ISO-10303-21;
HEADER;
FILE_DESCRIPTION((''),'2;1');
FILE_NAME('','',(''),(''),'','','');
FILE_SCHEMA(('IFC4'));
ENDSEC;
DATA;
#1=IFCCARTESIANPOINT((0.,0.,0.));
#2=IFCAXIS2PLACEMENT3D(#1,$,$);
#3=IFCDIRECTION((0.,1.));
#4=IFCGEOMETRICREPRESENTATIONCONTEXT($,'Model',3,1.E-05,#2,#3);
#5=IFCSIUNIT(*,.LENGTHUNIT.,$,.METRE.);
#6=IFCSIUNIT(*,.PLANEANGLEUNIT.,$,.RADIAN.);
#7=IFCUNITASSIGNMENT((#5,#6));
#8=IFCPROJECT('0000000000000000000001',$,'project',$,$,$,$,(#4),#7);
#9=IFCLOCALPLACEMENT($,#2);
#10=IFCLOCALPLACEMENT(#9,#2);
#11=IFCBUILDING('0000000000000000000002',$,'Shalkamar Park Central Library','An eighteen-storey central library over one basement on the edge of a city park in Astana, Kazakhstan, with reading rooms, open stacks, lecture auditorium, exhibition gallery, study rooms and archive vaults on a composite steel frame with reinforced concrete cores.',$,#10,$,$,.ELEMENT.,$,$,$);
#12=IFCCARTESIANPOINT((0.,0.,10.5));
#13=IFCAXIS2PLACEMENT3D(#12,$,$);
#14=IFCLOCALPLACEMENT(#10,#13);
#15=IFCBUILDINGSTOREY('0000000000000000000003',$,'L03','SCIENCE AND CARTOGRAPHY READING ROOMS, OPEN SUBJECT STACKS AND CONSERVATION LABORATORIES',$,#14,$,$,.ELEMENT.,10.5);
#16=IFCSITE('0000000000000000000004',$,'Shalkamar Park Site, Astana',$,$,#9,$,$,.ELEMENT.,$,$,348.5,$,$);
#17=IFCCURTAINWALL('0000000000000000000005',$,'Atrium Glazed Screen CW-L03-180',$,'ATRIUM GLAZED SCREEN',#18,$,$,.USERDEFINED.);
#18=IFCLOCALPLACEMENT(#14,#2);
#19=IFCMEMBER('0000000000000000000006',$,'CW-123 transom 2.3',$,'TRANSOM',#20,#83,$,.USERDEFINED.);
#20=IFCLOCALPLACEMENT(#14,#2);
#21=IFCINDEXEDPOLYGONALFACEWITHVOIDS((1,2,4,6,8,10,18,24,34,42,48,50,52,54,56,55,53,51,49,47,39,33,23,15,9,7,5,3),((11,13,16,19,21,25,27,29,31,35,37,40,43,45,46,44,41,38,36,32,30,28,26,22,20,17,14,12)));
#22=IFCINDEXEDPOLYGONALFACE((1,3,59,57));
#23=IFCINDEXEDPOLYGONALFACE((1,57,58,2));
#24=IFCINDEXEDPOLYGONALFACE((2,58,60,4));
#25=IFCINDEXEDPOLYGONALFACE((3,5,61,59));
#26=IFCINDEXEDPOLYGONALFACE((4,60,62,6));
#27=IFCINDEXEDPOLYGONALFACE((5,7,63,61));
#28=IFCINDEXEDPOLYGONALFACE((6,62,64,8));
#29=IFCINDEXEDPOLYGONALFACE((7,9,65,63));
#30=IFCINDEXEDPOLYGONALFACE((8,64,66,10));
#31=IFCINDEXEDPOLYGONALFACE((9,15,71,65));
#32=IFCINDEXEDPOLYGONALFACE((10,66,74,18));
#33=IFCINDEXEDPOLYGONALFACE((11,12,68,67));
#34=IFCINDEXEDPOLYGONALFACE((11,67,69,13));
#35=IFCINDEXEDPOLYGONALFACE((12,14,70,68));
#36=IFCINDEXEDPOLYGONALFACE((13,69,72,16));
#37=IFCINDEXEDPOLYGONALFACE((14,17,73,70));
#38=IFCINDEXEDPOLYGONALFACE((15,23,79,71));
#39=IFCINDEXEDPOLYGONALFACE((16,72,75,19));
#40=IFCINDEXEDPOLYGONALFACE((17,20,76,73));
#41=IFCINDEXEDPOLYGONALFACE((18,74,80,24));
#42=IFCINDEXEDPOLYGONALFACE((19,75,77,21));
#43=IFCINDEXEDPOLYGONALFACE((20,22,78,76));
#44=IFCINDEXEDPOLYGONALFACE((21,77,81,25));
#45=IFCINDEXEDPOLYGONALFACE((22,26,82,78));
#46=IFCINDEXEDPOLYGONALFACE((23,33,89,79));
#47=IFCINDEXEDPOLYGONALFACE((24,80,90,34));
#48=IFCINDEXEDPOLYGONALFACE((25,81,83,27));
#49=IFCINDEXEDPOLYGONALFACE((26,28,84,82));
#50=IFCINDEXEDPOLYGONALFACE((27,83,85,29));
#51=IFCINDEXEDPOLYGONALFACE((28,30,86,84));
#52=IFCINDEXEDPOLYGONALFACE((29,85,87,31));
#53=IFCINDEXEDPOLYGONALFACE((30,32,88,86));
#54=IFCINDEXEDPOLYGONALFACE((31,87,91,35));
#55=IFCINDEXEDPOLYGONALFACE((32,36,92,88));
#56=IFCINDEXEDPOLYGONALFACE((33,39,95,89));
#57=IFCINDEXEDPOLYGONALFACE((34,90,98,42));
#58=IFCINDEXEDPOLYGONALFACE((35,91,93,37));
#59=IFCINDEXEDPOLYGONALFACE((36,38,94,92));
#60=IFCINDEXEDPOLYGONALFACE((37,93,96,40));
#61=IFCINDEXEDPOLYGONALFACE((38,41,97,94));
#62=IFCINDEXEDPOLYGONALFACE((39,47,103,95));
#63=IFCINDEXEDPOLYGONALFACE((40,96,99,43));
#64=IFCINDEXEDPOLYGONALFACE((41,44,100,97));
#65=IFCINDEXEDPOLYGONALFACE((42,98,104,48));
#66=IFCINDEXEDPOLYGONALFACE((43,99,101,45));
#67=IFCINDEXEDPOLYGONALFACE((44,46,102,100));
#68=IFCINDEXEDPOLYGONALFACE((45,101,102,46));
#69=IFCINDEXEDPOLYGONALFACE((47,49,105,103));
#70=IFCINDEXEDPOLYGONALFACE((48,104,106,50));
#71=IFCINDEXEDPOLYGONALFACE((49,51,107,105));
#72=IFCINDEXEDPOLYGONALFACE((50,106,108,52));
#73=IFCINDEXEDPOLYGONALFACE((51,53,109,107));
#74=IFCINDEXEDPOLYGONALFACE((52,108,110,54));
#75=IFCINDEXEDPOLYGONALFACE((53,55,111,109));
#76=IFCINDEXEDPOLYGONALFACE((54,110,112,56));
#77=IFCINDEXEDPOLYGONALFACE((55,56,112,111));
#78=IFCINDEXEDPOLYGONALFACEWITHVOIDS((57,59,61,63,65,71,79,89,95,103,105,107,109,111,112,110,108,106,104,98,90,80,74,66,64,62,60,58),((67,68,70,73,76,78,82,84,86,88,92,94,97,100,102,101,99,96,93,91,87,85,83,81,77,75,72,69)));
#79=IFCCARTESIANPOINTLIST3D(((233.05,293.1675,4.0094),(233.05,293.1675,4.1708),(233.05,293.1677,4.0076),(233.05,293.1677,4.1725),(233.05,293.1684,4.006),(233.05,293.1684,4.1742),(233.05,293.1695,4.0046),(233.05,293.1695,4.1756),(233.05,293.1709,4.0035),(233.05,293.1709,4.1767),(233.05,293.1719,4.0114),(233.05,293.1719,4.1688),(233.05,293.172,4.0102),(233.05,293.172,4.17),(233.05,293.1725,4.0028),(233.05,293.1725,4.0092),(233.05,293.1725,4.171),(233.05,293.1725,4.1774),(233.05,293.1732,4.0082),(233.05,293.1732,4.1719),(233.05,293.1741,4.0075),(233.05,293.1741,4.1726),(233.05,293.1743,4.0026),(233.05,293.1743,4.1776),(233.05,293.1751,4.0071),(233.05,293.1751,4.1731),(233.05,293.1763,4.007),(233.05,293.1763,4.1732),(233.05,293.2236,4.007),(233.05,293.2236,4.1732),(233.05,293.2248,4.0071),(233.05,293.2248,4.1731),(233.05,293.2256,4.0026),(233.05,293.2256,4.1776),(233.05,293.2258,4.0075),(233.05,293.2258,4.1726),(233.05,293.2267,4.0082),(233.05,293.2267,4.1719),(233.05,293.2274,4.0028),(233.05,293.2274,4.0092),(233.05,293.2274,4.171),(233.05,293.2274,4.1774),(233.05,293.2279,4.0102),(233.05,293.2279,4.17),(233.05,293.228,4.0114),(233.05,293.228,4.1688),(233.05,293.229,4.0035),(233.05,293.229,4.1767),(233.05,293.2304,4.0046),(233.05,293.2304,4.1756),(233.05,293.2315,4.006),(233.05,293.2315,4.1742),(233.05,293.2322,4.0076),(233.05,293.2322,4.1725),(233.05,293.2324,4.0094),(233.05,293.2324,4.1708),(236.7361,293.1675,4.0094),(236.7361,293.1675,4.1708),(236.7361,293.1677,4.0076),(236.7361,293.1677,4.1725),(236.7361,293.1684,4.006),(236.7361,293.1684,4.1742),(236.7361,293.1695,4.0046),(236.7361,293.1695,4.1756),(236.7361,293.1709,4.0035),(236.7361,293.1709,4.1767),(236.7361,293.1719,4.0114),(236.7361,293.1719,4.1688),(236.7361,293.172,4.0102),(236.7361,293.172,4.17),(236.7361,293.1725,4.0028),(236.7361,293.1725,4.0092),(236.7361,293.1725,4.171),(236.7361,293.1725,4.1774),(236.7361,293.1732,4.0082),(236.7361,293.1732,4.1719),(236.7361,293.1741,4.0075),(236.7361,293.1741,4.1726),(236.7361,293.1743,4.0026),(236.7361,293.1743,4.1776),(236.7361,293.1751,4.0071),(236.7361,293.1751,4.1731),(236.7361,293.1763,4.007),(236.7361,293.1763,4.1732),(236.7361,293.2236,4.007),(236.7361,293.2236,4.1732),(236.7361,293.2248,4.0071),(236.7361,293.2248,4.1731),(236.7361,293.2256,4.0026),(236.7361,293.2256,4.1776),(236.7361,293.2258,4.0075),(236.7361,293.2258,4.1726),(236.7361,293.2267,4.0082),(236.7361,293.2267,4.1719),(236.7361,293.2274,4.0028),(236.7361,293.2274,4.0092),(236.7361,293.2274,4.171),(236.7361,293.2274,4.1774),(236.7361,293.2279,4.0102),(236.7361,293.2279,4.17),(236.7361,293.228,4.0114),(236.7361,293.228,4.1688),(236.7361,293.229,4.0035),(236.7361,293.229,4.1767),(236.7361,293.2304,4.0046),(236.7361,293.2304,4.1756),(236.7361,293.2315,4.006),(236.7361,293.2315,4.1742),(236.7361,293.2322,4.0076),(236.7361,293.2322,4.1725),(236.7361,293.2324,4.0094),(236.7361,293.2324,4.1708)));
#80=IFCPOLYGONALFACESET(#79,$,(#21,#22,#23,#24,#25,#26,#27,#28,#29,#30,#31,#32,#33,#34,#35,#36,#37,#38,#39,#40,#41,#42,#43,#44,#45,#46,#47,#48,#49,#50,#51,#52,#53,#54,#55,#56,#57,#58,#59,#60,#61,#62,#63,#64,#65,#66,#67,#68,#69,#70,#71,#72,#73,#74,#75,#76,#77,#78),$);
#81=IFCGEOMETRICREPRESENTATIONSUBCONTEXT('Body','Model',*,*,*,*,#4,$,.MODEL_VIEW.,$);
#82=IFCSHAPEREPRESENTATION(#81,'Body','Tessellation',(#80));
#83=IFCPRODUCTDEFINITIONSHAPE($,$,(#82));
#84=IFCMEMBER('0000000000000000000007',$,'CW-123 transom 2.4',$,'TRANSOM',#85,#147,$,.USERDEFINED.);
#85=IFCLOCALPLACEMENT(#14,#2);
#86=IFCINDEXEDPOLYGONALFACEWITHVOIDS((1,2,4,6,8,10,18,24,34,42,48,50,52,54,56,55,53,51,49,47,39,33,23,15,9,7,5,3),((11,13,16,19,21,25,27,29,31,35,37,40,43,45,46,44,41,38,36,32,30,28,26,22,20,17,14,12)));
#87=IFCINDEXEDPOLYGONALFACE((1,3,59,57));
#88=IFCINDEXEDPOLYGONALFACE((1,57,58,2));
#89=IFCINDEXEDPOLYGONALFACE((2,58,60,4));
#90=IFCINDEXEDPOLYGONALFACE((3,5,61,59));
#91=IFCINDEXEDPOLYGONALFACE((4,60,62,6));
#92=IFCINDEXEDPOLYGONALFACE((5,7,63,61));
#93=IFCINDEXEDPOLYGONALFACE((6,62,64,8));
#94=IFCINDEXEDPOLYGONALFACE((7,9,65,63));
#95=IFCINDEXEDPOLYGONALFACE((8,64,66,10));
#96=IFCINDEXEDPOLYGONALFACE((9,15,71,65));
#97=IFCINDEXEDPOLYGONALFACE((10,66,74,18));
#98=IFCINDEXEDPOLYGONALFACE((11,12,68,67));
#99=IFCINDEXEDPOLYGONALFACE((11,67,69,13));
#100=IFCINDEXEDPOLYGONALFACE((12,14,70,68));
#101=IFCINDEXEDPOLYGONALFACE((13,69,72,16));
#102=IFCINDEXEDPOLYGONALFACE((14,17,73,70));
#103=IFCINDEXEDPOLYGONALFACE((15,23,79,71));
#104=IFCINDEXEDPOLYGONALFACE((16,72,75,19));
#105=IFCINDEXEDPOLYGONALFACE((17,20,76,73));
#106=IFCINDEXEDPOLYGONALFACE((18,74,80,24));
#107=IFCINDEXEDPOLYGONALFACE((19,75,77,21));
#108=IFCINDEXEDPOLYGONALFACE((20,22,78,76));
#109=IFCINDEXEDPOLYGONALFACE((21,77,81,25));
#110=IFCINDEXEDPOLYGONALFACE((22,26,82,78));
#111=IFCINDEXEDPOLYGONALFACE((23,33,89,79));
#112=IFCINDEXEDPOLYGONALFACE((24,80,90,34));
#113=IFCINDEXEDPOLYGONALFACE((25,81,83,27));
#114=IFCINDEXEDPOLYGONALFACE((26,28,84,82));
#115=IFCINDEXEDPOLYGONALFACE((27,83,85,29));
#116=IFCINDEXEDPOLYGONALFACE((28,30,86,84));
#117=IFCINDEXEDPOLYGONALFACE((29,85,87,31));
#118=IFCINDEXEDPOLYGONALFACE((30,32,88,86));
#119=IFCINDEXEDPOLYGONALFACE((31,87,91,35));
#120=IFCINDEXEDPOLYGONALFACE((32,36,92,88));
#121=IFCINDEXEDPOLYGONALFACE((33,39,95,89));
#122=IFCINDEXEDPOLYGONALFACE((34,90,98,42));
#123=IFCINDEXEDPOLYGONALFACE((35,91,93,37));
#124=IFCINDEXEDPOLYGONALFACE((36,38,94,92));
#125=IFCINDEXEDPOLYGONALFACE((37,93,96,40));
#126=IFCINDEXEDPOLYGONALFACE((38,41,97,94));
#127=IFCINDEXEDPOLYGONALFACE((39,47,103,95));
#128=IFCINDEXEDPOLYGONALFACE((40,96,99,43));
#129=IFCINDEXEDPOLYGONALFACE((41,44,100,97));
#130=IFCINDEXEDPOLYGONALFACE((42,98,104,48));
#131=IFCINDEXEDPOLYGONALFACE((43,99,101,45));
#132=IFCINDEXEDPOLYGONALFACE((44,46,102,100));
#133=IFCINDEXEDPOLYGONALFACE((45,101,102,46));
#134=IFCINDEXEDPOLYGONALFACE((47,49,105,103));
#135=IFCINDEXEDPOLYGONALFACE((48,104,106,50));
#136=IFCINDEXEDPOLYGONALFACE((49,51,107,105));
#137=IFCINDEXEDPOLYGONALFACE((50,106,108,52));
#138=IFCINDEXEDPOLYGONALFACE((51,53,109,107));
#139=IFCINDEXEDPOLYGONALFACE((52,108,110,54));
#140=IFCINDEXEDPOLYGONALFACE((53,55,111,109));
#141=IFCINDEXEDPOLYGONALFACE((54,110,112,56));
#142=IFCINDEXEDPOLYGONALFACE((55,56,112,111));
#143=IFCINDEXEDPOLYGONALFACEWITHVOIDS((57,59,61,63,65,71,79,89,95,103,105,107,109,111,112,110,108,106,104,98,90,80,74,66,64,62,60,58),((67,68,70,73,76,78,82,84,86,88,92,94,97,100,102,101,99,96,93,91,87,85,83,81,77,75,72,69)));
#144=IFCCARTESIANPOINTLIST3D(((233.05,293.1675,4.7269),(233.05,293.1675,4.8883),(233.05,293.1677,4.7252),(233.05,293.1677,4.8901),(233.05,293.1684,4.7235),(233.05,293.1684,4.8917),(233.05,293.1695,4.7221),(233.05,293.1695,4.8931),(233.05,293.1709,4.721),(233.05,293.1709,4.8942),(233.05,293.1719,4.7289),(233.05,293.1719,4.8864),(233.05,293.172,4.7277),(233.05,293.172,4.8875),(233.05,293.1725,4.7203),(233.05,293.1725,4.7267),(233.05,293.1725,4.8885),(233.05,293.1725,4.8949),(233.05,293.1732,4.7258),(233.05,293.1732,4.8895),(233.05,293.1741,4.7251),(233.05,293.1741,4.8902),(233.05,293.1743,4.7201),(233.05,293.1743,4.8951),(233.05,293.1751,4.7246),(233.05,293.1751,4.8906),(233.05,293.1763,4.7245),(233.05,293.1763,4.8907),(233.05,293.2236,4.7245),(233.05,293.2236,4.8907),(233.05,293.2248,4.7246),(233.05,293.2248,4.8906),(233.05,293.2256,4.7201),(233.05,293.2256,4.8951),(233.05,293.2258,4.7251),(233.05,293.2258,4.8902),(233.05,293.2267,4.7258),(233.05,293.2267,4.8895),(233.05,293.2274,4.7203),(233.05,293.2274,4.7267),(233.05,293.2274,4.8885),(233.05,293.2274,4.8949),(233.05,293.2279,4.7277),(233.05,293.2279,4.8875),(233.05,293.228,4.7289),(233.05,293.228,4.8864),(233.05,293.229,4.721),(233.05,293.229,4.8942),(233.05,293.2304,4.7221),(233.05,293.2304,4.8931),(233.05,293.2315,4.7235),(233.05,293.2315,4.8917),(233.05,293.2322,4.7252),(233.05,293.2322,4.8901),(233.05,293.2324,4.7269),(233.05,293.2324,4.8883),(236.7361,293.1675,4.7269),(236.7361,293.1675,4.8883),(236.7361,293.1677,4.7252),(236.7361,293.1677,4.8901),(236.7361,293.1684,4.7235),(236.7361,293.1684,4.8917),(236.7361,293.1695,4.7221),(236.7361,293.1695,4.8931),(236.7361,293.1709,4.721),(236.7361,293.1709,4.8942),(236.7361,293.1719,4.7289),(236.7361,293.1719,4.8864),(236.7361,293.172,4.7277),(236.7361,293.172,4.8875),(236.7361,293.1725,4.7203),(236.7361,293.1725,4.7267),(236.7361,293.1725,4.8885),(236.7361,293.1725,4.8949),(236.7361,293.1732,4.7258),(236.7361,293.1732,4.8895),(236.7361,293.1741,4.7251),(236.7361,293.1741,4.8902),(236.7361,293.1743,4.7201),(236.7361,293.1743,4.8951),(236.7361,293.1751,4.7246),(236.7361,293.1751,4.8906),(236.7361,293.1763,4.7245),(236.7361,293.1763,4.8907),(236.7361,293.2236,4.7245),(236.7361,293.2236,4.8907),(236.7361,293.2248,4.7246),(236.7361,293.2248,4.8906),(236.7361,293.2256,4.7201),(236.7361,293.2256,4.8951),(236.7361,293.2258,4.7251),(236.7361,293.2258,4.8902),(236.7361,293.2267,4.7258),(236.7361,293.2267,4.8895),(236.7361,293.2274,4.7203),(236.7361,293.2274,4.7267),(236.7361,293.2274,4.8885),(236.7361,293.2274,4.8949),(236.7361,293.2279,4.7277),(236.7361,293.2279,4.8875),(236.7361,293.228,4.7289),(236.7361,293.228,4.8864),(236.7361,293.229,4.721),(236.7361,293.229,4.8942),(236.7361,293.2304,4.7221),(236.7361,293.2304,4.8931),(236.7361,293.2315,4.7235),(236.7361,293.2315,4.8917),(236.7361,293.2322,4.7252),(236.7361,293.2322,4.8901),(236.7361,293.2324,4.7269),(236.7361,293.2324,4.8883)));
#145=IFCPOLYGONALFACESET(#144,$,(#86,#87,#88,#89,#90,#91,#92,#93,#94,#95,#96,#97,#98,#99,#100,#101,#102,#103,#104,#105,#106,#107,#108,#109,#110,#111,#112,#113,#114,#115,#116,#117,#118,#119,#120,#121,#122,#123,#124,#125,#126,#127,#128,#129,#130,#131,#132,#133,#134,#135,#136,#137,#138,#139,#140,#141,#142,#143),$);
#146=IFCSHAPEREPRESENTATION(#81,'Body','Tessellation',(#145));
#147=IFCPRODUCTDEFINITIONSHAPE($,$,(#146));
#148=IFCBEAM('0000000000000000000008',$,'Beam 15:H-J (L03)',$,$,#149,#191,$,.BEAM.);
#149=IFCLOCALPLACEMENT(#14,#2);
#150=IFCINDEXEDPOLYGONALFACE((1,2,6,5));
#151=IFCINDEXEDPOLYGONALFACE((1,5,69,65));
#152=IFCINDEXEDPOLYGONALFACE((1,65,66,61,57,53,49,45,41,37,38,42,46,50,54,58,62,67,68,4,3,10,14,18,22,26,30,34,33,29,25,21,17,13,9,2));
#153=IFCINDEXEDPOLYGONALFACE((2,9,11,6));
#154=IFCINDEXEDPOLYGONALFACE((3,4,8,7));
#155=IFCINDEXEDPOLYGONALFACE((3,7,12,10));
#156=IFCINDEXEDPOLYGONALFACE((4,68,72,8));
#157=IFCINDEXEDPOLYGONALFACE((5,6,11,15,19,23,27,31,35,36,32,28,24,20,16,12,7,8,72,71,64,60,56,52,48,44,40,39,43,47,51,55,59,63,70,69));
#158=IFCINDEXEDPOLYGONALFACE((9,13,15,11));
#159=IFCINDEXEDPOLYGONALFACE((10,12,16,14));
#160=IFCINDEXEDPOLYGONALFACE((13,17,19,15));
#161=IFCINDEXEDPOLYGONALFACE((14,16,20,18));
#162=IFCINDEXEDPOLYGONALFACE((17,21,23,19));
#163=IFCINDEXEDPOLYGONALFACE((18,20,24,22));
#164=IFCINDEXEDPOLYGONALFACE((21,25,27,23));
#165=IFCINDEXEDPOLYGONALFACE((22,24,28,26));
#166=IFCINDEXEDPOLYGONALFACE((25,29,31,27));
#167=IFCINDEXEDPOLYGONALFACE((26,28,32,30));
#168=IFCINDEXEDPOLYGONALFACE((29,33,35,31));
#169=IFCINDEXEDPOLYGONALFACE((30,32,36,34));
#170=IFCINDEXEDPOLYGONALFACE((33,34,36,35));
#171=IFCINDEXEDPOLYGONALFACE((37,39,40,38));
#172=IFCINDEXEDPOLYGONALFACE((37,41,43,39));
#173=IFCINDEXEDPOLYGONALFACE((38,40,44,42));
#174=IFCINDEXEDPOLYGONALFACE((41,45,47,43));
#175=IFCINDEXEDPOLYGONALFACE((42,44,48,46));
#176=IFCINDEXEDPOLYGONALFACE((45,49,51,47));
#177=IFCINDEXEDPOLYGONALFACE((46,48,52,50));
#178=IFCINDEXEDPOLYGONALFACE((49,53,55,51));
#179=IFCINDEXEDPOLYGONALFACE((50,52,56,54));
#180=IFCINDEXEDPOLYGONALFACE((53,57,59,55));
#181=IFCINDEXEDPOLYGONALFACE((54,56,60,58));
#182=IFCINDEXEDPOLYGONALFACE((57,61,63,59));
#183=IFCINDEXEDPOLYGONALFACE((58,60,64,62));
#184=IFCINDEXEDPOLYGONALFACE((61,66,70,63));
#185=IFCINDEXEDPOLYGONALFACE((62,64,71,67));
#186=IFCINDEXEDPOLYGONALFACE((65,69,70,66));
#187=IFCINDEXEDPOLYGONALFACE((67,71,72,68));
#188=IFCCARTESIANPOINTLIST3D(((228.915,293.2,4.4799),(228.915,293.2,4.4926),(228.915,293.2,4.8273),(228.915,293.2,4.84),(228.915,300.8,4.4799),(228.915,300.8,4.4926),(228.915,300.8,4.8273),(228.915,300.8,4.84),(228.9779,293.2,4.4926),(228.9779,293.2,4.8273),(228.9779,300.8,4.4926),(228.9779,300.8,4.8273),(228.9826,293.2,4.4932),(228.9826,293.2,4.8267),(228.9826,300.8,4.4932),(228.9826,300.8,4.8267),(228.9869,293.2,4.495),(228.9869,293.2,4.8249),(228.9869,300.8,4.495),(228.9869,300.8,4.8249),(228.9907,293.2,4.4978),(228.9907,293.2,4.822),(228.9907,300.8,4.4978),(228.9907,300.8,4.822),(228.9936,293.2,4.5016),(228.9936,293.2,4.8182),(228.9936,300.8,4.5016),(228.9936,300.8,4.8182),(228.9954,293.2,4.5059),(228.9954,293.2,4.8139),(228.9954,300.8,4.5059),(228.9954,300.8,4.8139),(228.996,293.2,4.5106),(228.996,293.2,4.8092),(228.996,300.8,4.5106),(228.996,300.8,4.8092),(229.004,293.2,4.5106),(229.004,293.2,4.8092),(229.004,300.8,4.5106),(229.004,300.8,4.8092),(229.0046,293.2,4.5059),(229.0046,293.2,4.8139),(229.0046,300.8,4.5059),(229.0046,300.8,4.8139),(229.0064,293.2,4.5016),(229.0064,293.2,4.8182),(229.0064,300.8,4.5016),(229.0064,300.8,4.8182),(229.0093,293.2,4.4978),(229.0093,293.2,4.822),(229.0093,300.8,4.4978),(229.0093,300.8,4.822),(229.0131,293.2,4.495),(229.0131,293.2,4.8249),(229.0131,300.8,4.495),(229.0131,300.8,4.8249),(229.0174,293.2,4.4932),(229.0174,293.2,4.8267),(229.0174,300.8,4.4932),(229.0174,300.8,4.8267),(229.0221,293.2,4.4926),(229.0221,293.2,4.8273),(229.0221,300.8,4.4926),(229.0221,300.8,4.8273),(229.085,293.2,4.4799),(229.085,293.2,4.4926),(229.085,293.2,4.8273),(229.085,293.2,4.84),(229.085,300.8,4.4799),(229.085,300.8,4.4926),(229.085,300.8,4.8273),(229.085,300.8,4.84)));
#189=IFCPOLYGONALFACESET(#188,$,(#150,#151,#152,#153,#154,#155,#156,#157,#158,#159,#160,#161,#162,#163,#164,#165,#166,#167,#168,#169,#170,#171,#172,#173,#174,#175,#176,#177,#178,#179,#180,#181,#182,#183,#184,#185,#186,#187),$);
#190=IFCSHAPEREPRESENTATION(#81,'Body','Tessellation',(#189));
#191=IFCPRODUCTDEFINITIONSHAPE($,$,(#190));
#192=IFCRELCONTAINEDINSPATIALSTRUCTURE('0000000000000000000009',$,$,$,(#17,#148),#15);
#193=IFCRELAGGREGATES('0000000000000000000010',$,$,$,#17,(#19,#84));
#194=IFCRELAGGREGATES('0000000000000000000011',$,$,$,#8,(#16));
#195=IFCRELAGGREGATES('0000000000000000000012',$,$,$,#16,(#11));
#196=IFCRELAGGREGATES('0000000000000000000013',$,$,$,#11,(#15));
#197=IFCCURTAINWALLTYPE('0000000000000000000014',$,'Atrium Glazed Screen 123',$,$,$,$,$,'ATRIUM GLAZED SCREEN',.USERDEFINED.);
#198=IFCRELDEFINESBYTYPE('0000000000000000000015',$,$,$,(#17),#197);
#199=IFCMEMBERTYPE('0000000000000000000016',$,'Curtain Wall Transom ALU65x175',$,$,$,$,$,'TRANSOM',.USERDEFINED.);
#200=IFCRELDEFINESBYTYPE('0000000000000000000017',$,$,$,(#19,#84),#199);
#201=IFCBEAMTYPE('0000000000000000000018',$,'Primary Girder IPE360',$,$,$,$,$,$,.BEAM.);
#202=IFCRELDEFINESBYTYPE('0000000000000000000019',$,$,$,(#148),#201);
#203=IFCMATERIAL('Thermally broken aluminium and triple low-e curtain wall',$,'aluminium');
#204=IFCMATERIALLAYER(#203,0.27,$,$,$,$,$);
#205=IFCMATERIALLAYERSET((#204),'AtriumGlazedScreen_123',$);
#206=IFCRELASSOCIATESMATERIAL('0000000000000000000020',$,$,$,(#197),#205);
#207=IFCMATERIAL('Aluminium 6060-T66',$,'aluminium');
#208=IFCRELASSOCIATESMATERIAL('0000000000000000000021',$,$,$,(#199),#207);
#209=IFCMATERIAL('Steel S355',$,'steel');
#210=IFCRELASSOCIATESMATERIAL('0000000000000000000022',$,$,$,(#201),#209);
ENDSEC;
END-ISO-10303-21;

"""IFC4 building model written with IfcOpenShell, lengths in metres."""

from ifc_helpers import new_model, si_unit, direction, frame, origin, origin_2d, place, context, subcontext, project, spatial, hollow_rectangle, i_section, extrude, material, layer, layer_set, material_profile, profile_set, type_object, element, aggregate, save


model = new_model("IFC4")

# Units and contexts
model_context = context("Model", 3, precision=1e-05, world=origin(), true_north=direction((0.0, 1.0)))
body_context = subcontext(model_context, "Body", "Model", "MODEL_VIEW")
ifc_project = project(units=[si_unit("LENGTHUNIT", "METRE"), si_unit("PLANEANGLEUNIT", "RADIAN")], contexts=[model_context])

# Site, building, storey
site_placement = place(None, origin())
site = spatial("IfcSite", under=ifc_project, at=site_placement, Name="Shalkamar Park Site, Astana", CompositionType="ELEMENT", RefElevation=348.5)
building_placement = place(site_placement, origin())
building = spatial("IfcBuilding", under=site, at=building_placement, Name="Shalkamar Park Central Library", Description="An eighteen-storey central library over one basement on the edge of a city park in Astana, Kazakhstan, with reading rooms, open stacks, lecture auditorium, exhibition gallery, study rooms and archive vaults on a composite steel frame with reinforced concrete cores.", CompositionType="ELEMENT")
storey_placement = place(building_placement, frame((0.0, 0.0, 10.5)))
storey = spatial("IfcBuildingStorey", under=building, at=storey_placement, Name="L03", Description="SCIENCE AND CARTOGRAPHY READING ROOMS, OPEN SUBJECT STACKS AND CONSERVATION LABORATORIES", CompositionType="ELEMENT", Elevation=10.5)

# Shared definitions
ifc_material_1 = material(Name="Steel S355", Category="steel")

# Curtain wall, members
ifc_material_2 = material(Name="Thermally broken aluminium and triple low-e curtain wall", Category="aluminium")
ifc_layer_1 = layer(ifc_material_2, 0.27)
ifc_layer_set_1 = layer_set([ifc_layer_1], Name="AtriumGlazedScreen_123")
curtain_wall_type = type_object("IfcCurtainWallType", Name="Atrium Glazed Screen 123", ElementType="ATRIUM GLAZED SCREEN", PredefinedType="USERDEFINED", material=ifc_layer_set_1)
curtain_wall_placement = place(storey_placement, origin())
curtain_wall = element("IfcCurtainWall", 1, at=curtain_wall_placement, inside=storey, type_object=curtain_wall_type, Name="Atrium Glazed Screen CW-L03-180", ObjectType="ATRIUM GLAZED SCREEN", PredefinedType="USERDEFINED")
ifc_material_3 = material(Name="Aluminium 6060-T66", Category="aluminium")
ifc_material_profile_1 = material_profile(ifc_material_3, hollow_rectangle(XDim=0.0649, YDim=0.175, WallThickness=0.0044, InnerFilletRadius=0.0044, OuterFilletRadius=0.0068, at=origin_2d()), Name="ALU 65x175x4.5")
ifc_profile_set_1 = profile_set([ifc_material_profile_1], Name="Aluminium 6060-T66")
member_type_1 = type_object("IfcMemberType", Name="Curtain Wall Transom ALU65x175", ElementType="TRANSOM", PredefinedType="USERDEFINED", material=ifc_profile_set_1)
member_1_placement = place(storey_placement, frame((233.05, 293.2, 4.0901), z_axis=(1.0, 0.0, 0.0), x_axis=(0.0, 1.0, 0.0)))
member_1 = element("IfcMember", 2, at=member_1_placement, type_object=member_type_1, Name="CW-123 transom 2.3", ObjectType="TRANSOM", PredefinedType="USERDEFINED", context=body_context, shape_type="SweptSolid", body=[
    extrude(hollow_rectangle(XDim=0.0649, YDim=0.175, WallThickness=0.0044, InnerFilletRadius=0.0044, OuterFilletRadius=0.0068, at=origin_2d()), origin(), (0.0, 0.0, 1.0), 3.686),
])
member_2_placement = place(storey_placement, frame((233.05, 293.2, 4.8076), z_axis=(1.0, 0.0, 0.0), x_axis=(0.0, 1.0, 0.0)))
member_2 = element("IfcMember", 3, at=member_2_placement, type_object=member_type_1, Name="CW-123 transom 2.4", ObjectType="TRANSOM", PredefinedType="USERDEFINED", context=body_context, shape_type="SweptSolid", body=[
    extrude(hollow_rectangle(XDim=0.0649, YDim=0.175, WallThickness=0.0044, InnerFilletRadius=0.0044, OuterFilletRadius=0.0068, at=origin_2d()), origin(), (0.0, 0.0, 1.0), 3.686),
])

# Beam
ifc_material_profile_2 = material_profile(ifc_material_1, i_section(OverallWidth=0.1699, OverallDepth=0.3601, WebThickness=0.0081, FlangeThickness=0.0127, FilletRadius=0.0181, at=origin_2d()), Name="IPE 360")
ifc_profile_set_2 = profile_set([ifc_material_profile_2], Name="Steel S355")
beam_type_1 = type_object("IfcBeamType", Name="Primary Girder IPE360", PredefinedType="BEAM", material=ifc_profile_set_2)
beam_1_placement = place(storey_placement, frame((229.0, 293.2, 4.6599), z_axis=(0.0, 1.0, 0.0), x_axis=(-1.0, 0.0, 0.0)))
element("IfcBeam", 4, at=beam_1_placement, inside=storey, type_object=beam_type_1, Name="Beam 15:H-J (L03)", PredefinedType="BEAM", context=body_context, shape_type="SweptSolid", body=[
    extrude(i_section(OverallWidth=0.1699, OverallDepth=0.3601, WebThickness=0.0081, FlangeThickness=0.0127, FilletRadius=0.0181, at=origin_2d()), origin(), (0.0, 0.0, 1.0), 7.6001),
])

aggregate(curtain_wall, [member_1, member_2])

save(model, "model.ifc")
